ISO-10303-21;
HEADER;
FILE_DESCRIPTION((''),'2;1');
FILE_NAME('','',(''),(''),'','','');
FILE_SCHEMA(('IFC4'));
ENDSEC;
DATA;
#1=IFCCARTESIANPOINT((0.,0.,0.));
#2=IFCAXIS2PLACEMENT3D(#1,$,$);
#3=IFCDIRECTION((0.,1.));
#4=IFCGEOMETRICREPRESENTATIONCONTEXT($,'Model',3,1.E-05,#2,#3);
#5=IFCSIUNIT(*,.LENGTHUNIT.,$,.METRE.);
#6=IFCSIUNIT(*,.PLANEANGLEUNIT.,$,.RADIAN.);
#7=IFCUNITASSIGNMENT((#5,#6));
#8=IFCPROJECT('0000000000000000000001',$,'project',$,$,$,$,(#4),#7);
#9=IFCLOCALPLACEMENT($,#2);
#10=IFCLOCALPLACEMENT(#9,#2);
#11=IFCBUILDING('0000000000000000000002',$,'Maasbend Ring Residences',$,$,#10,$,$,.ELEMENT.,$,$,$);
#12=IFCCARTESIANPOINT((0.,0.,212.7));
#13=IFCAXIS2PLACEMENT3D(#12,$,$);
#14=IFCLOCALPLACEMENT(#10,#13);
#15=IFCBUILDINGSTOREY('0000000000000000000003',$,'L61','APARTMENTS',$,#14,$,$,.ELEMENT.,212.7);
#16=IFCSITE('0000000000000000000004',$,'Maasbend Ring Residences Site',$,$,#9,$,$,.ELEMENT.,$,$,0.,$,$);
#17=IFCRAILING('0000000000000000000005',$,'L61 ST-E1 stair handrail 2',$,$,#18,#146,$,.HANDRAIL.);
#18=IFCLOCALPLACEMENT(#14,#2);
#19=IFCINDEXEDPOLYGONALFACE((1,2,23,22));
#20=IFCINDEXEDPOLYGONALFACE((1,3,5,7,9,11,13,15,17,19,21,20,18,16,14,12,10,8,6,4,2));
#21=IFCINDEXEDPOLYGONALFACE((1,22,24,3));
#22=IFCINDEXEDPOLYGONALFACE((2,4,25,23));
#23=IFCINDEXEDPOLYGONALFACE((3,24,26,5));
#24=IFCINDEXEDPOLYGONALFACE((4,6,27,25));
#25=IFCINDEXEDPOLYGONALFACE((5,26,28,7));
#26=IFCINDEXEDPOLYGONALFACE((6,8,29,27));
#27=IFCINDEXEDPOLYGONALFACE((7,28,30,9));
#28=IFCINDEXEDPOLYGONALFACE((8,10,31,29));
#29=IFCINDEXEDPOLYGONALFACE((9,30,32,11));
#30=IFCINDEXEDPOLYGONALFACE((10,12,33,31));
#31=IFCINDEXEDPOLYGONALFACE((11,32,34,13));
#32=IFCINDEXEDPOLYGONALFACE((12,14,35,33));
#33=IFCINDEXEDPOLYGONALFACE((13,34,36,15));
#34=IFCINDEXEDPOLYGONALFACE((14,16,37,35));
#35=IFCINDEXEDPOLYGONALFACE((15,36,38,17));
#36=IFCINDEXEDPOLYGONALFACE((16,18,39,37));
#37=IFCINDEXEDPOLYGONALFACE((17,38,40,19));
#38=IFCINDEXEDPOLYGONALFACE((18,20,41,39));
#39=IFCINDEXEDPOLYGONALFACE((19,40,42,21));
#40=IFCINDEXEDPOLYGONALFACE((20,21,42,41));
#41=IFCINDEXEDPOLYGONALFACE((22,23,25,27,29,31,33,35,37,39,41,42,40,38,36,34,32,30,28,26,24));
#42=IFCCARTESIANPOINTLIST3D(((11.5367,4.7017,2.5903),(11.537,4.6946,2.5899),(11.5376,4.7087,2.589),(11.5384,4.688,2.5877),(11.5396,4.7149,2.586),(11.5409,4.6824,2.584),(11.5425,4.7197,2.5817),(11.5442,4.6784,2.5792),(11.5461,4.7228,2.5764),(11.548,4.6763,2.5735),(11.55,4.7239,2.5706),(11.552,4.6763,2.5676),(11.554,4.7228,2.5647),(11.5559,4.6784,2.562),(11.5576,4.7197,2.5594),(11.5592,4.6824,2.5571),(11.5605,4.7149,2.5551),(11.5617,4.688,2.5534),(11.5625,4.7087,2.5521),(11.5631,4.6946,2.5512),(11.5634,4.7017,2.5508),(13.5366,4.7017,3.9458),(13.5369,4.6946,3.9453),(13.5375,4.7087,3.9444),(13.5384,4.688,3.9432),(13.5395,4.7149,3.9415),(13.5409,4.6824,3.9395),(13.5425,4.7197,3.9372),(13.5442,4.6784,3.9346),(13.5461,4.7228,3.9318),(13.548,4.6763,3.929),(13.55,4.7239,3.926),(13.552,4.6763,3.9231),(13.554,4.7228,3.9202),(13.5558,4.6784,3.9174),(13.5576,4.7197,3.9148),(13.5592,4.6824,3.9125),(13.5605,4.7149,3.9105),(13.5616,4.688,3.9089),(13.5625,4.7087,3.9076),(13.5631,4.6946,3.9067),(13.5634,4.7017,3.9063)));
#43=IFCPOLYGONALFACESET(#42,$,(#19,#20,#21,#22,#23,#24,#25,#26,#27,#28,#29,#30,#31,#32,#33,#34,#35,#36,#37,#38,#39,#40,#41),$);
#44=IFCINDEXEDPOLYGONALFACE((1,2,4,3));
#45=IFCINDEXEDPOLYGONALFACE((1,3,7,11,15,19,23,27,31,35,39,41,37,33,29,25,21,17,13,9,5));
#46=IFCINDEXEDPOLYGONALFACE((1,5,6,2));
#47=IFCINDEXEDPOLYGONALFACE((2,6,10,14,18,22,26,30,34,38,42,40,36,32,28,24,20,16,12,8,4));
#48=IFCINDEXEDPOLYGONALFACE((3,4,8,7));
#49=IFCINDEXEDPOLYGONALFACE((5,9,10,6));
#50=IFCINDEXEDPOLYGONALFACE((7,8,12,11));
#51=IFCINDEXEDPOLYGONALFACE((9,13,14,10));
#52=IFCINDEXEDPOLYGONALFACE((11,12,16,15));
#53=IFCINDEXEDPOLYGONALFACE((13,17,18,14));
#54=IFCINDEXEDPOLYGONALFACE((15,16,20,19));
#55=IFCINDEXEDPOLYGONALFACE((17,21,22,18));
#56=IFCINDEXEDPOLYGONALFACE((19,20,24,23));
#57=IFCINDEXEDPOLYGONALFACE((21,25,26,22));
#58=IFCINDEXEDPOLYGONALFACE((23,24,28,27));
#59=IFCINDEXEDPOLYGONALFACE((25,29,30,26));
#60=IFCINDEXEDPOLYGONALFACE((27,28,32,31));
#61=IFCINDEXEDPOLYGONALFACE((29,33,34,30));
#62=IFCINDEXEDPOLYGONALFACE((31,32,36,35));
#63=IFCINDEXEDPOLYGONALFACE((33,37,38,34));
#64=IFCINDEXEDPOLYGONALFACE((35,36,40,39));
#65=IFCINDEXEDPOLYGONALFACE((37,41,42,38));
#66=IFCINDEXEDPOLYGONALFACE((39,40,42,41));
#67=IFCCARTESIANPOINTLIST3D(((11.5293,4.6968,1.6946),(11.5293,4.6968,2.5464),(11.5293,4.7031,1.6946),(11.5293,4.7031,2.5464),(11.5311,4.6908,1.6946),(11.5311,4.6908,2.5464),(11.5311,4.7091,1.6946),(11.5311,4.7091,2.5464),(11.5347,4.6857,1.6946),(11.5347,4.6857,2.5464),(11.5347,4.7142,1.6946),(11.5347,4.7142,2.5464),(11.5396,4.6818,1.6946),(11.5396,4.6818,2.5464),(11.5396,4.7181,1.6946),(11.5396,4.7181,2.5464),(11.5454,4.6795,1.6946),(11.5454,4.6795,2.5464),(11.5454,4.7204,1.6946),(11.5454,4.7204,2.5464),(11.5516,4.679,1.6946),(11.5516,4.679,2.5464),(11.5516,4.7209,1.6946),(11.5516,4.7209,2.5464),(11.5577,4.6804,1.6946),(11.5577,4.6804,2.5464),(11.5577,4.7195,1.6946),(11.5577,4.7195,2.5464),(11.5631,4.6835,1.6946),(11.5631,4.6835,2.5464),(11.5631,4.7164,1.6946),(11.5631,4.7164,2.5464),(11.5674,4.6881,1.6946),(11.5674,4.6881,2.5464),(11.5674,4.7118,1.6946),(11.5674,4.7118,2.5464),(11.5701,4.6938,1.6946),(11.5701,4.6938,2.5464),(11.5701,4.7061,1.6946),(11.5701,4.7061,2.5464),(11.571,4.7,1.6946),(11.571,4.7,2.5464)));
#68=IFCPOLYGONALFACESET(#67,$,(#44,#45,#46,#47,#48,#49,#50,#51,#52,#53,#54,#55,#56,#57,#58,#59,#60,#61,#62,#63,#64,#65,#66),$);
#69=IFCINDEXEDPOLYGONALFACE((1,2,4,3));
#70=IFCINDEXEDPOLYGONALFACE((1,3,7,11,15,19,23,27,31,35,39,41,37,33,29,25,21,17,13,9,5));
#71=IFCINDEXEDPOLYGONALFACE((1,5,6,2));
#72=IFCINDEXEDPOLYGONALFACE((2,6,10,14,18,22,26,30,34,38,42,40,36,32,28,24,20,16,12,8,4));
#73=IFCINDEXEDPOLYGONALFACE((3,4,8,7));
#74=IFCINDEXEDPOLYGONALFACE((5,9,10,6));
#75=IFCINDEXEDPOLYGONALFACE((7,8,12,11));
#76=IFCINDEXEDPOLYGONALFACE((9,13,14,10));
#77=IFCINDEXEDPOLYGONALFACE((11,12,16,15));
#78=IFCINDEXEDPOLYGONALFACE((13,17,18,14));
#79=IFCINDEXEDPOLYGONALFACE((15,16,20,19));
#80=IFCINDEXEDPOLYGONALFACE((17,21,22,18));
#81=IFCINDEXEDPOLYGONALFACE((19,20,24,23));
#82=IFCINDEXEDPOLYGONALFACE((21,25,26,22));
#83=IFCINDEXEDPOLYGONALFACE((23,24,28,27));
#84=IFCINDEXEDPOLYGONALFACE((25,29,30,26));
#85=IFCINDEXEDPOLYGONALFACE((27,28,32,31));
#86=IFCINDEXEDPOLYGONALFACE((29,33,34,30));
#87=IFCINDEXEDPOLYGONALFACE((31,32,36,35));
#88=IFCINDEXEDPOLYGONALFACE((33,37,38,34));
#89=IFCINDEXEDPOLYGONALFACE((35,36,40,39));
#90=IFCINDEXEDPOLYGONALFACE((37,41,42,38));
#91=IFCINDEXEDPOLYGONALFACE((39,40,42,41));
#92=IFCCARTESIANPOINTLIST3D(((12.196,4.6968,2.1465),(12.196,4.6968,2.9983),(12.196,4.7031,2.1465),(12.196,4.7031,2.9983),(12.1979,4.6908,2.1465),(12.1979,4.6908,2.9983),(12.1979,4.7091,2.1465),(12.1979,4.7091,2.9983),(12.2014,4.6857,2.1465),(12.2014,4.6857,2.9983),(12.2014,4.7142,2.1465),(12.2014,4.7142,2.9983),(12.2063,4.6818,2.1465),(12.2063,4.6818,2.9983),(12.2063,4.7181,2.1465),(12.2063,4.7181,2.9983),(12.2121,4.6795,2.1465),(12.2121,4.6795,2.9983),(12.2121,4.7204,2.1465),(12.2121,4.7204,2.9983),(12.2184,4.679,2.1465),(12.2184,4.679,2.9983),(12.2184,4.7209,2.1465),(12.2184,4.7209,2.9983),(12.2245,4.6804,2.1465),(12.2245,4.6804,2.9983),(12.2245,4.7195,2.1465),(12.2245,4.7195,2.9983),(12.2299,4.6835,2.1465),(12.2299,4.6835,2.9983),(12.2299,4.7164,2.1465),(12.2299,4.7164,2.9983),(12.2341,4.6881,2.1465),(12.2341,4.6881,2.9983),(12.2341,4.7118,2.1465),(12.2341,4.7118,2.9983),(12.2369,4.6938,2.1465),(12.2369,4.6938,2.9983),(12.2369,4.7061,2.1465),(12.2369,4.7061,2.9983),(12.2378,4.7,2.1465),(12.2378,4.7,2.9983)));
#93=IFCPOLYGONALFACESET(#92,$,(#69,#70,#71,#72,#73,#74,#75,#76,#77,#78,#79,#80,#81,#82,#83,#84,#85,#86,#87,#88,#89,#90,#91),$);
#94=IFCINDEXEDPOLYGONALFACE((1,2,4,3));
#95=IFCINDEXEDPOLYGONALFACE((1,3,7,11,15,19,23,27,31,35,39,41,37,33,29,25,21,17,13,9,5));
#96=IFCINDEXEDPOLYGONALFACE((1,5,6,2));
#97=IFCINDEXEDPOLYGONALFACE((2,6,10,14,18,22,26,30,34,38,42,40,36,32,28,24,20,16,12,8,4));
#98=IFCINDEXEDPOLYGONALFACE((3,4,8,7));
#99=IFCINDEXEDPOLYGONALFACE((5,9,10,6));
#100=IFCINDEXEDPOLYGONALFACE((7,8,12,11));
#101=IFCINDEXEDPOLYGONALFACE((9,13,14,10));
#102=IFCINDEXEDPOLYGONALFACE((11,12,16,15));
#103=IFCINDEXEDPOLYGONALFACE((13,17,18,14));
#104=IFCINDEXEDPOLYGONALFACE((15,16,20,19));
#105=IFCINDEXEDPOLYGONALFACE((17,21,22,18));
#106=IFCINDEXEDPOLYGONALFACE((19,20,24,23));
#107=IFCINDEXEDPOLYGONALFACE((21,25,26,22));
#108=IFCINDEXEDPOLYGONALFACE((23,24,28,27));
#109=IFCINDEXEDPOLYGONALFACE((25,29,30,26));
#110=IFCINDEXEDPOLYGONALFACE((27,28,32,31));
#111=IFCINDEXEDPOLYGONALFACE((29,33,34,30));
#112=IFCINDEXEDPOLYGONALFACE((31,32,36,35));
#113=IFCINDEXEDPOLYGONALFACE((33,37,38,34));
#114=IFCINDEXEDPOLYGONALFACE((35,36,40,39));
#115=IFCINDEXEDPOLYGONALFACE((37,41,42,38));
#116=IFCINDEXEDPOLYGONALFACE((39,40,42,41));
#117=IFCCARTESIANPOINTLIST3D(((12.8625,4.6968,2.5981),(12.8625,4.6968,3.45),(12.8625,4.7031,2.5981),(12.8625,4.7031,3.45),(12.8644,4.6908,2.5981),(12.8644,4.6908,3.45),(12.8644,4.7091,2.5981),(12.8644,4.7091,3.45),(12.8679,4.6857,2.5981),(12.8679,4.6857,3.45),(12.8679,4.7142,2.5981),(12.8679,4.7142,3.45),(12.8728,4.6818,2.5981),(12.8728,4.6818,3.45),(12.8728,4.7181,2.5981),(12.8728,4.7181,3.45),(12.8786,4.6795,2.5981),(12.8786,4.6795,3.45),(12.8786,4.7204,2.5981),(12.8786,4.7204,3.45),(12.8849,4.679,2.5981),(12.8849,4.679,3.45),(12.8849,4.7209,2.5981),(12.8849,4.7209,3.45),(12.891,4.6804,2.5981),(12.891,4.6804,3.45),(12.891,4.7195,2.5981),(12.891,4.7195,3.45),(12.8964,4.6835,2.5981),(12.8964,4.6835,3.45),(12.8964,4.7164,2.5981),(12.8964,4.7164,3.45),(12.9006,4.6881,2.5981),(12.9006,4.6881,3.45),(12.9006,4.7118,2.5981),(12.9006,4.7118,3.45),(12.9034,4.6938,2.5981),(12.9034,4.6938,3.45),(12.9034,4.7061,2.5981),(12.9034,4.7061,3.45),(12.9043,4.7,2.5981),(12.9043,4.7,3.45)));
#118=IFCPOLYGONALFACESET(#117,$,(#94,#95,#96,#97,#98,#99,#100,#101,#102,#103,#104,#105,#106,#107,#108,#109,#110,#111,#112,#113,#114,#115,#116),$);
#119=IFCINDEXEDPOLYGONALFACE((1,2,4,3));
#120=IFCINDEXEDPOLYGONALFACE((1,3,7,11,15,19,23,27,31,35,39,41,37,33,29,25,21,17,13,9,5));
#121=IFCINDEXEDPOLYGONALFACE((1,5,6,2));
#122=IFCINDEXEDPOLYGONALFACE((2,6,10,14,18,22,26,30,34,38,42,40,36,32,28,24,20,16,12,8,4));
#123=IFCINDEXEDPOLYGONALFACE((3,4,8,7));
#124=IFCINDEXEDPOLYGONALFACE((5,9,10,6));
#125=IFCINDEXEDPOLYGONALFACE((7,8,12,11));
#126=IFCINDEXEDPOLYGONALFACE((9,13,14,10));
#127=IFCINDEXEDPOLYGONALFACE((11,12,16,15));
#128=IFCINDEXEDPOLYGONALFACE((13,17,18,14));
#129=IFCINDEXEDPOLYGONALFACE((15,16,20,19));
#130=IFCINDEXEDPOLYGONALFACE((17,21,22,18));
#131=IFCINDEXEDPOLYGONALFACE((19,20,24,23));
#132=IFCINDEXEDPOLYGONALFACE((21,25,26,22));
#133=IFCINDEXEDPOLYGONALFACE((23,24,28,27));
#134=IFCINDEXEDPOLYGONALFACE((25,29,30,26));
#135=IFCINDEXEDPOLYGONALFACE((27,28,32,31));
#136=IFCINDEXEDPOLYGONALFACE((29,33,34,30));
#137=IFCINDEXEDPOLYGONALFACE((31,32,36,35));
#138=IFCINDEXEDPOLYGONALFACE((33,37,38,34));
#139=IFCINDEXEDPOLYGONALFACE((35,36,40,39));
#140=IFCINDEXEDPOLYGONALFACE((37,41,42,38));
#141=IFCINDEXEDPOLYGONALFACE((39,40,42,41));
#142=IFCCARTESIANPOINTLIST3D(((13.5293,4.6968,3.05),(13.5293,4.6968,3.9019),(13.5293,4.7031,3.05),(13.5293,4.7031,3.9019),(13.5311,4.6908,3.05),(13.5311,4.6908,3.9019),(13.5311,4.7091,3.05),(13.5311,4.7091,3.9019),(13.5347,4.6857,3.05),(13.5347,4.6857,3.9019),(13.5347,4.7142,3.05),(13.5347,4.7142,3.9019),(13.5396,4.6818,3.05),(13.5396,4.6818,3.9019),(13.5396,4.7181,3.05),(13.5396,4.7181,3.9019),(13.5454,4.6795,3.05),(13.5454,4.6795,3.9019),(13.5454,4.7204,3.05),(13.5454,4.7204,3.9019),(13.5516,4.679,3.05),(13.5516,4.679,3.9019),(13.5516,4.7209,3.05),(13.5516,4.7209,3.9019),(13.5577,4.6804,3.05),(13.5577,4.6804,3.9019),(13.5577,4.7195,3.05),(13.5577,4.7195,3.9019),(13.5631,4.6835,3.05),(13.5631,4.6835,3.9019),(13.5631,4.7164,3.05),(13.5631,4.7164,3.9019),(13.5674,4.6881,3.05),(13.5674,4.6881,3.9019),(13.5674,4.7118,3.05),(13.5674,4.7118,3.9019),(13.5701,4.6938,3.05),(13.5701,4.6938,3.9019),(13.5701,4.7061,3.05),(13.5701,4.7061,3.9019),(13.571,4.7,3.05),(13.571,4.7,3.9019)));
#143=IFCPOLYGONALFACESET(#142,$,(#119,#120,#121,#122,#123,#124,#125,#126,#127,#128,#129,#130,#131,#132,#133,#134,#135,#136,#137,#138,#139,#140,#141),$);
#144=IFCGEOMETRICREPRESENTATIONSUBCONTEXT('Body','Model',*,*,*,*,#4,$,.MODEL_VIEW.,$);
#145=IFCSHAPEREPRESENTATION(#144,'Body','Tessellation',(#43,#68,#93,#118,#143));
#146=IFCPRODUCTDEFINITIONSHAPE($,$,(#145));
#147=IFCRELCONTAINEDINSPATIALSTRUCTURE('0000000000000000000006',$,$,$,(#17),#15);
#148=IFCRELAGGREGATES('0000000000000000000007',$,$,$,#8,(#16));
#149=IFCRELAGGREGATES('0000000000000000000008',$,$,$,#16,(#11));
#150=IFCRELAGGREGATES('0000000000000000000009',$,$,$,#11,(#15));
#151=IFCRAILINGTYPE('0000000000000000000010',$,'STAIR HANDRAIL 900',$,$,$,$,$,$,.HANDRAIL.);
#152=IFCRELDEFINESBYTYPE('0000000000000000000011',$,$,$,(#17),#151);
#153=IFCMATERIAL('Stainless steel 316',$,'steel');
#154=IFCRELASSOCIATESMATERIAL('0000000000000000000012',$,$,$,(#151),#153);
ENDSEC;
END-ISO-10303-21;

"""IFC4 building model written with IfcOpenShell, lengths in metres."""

from ifc_helpers import new_model, si_unit, direction, frame, origin, origin_2d, place, context, subcontext, project, spatial, circle, extrude, material, type_object, element, save


model = new_model("IFC4")

# Units and contexts
model_context = context("Model", 3, precision=1e-05, world=origin(), true_north=direction((0.0, 1.0)))
body_context = subcontext(model_context, "Body", "Model", "MODEL_VIEW")
ifc_project = project(units=[si_unit("LENGTHUNIT", "METRE"), si_unit("PLANEANGLEUNIT", "RADIAN")], contexts=[model_context])

# Site, building, storey
site_placement = place(None, origin())
site = spatial("IfcSite", under=ifc_project, at=site_placement, Name="Maasbend Ring Residences Site", CompositionType="ELEMENT", RefElevation=0.0)
building_placement = place(site_placement, origin())
building = spatial("IfcBuilding", under=site, at=building_placement, Name="Maasbend Ring Residences", CompositionType="ELEMENT")
storey_placement = place(building_placement, frame((0.0, 0.0, 212.7)))
storey = spatial("IfcBuildingStorey", under=building, at=storey_placement, Name="L61", Description="APARTMENTS", CompositionType="ELEMENT", Elevation=212.7)

# Railing
ifc_material_1 = material(Name="Stainless steel 316", Category="steel")
railing_type_1 = type_object("IfcRailingType", Name="STAIR HANDRAIL 900", PredefinedType="HANDRAIL", material=ifc_material_1)
railing_1_placement = place(storey_placement, frame((11.55, 4.7, 1.6946)))
element("IfcRailing", 1, at=railing_1_placement, inside=storey, type_object=railing_type_1, Name="L61 ST-E1 stair handrail 2", PredefinedType="HANDRAIL", context=body_context, shape_type="SweptSolid", body=[
    extrude(circle(Radius=0.0239, at=origin_2d()), frame((0.0, 0.0, 0.876), z_axis=(0.827798, 0.0, 0.561027), x_axis=(0.0, 1.0, 0.0)), (0.0, 0.0, 1.0), 2.416),
    extrude(circle(Radius=0.021, at=origin_2d()), origin(), (0.0, 0.0, 1.0), 0.8518),
    extrude(circle(Radius=0.021, at=origin_2d()), frame((0.6667, 0.0, 0.4519)), (0.0, 0.0, 1.0), 0.8518),
    extrude(circle(Radius=0.021, at=origin_2d()), frame((1.3333, 0.0, 0.9036)), (0.0, 0.0, 1.0), 0.8518),
    extrude(circle(Radius=0.021, at=origin_2d()), frame((2.0, 0.0, 1.3555)), (0.0, 0.0, 1.0), 0.8518),
])

save(model, "model.ifc")
